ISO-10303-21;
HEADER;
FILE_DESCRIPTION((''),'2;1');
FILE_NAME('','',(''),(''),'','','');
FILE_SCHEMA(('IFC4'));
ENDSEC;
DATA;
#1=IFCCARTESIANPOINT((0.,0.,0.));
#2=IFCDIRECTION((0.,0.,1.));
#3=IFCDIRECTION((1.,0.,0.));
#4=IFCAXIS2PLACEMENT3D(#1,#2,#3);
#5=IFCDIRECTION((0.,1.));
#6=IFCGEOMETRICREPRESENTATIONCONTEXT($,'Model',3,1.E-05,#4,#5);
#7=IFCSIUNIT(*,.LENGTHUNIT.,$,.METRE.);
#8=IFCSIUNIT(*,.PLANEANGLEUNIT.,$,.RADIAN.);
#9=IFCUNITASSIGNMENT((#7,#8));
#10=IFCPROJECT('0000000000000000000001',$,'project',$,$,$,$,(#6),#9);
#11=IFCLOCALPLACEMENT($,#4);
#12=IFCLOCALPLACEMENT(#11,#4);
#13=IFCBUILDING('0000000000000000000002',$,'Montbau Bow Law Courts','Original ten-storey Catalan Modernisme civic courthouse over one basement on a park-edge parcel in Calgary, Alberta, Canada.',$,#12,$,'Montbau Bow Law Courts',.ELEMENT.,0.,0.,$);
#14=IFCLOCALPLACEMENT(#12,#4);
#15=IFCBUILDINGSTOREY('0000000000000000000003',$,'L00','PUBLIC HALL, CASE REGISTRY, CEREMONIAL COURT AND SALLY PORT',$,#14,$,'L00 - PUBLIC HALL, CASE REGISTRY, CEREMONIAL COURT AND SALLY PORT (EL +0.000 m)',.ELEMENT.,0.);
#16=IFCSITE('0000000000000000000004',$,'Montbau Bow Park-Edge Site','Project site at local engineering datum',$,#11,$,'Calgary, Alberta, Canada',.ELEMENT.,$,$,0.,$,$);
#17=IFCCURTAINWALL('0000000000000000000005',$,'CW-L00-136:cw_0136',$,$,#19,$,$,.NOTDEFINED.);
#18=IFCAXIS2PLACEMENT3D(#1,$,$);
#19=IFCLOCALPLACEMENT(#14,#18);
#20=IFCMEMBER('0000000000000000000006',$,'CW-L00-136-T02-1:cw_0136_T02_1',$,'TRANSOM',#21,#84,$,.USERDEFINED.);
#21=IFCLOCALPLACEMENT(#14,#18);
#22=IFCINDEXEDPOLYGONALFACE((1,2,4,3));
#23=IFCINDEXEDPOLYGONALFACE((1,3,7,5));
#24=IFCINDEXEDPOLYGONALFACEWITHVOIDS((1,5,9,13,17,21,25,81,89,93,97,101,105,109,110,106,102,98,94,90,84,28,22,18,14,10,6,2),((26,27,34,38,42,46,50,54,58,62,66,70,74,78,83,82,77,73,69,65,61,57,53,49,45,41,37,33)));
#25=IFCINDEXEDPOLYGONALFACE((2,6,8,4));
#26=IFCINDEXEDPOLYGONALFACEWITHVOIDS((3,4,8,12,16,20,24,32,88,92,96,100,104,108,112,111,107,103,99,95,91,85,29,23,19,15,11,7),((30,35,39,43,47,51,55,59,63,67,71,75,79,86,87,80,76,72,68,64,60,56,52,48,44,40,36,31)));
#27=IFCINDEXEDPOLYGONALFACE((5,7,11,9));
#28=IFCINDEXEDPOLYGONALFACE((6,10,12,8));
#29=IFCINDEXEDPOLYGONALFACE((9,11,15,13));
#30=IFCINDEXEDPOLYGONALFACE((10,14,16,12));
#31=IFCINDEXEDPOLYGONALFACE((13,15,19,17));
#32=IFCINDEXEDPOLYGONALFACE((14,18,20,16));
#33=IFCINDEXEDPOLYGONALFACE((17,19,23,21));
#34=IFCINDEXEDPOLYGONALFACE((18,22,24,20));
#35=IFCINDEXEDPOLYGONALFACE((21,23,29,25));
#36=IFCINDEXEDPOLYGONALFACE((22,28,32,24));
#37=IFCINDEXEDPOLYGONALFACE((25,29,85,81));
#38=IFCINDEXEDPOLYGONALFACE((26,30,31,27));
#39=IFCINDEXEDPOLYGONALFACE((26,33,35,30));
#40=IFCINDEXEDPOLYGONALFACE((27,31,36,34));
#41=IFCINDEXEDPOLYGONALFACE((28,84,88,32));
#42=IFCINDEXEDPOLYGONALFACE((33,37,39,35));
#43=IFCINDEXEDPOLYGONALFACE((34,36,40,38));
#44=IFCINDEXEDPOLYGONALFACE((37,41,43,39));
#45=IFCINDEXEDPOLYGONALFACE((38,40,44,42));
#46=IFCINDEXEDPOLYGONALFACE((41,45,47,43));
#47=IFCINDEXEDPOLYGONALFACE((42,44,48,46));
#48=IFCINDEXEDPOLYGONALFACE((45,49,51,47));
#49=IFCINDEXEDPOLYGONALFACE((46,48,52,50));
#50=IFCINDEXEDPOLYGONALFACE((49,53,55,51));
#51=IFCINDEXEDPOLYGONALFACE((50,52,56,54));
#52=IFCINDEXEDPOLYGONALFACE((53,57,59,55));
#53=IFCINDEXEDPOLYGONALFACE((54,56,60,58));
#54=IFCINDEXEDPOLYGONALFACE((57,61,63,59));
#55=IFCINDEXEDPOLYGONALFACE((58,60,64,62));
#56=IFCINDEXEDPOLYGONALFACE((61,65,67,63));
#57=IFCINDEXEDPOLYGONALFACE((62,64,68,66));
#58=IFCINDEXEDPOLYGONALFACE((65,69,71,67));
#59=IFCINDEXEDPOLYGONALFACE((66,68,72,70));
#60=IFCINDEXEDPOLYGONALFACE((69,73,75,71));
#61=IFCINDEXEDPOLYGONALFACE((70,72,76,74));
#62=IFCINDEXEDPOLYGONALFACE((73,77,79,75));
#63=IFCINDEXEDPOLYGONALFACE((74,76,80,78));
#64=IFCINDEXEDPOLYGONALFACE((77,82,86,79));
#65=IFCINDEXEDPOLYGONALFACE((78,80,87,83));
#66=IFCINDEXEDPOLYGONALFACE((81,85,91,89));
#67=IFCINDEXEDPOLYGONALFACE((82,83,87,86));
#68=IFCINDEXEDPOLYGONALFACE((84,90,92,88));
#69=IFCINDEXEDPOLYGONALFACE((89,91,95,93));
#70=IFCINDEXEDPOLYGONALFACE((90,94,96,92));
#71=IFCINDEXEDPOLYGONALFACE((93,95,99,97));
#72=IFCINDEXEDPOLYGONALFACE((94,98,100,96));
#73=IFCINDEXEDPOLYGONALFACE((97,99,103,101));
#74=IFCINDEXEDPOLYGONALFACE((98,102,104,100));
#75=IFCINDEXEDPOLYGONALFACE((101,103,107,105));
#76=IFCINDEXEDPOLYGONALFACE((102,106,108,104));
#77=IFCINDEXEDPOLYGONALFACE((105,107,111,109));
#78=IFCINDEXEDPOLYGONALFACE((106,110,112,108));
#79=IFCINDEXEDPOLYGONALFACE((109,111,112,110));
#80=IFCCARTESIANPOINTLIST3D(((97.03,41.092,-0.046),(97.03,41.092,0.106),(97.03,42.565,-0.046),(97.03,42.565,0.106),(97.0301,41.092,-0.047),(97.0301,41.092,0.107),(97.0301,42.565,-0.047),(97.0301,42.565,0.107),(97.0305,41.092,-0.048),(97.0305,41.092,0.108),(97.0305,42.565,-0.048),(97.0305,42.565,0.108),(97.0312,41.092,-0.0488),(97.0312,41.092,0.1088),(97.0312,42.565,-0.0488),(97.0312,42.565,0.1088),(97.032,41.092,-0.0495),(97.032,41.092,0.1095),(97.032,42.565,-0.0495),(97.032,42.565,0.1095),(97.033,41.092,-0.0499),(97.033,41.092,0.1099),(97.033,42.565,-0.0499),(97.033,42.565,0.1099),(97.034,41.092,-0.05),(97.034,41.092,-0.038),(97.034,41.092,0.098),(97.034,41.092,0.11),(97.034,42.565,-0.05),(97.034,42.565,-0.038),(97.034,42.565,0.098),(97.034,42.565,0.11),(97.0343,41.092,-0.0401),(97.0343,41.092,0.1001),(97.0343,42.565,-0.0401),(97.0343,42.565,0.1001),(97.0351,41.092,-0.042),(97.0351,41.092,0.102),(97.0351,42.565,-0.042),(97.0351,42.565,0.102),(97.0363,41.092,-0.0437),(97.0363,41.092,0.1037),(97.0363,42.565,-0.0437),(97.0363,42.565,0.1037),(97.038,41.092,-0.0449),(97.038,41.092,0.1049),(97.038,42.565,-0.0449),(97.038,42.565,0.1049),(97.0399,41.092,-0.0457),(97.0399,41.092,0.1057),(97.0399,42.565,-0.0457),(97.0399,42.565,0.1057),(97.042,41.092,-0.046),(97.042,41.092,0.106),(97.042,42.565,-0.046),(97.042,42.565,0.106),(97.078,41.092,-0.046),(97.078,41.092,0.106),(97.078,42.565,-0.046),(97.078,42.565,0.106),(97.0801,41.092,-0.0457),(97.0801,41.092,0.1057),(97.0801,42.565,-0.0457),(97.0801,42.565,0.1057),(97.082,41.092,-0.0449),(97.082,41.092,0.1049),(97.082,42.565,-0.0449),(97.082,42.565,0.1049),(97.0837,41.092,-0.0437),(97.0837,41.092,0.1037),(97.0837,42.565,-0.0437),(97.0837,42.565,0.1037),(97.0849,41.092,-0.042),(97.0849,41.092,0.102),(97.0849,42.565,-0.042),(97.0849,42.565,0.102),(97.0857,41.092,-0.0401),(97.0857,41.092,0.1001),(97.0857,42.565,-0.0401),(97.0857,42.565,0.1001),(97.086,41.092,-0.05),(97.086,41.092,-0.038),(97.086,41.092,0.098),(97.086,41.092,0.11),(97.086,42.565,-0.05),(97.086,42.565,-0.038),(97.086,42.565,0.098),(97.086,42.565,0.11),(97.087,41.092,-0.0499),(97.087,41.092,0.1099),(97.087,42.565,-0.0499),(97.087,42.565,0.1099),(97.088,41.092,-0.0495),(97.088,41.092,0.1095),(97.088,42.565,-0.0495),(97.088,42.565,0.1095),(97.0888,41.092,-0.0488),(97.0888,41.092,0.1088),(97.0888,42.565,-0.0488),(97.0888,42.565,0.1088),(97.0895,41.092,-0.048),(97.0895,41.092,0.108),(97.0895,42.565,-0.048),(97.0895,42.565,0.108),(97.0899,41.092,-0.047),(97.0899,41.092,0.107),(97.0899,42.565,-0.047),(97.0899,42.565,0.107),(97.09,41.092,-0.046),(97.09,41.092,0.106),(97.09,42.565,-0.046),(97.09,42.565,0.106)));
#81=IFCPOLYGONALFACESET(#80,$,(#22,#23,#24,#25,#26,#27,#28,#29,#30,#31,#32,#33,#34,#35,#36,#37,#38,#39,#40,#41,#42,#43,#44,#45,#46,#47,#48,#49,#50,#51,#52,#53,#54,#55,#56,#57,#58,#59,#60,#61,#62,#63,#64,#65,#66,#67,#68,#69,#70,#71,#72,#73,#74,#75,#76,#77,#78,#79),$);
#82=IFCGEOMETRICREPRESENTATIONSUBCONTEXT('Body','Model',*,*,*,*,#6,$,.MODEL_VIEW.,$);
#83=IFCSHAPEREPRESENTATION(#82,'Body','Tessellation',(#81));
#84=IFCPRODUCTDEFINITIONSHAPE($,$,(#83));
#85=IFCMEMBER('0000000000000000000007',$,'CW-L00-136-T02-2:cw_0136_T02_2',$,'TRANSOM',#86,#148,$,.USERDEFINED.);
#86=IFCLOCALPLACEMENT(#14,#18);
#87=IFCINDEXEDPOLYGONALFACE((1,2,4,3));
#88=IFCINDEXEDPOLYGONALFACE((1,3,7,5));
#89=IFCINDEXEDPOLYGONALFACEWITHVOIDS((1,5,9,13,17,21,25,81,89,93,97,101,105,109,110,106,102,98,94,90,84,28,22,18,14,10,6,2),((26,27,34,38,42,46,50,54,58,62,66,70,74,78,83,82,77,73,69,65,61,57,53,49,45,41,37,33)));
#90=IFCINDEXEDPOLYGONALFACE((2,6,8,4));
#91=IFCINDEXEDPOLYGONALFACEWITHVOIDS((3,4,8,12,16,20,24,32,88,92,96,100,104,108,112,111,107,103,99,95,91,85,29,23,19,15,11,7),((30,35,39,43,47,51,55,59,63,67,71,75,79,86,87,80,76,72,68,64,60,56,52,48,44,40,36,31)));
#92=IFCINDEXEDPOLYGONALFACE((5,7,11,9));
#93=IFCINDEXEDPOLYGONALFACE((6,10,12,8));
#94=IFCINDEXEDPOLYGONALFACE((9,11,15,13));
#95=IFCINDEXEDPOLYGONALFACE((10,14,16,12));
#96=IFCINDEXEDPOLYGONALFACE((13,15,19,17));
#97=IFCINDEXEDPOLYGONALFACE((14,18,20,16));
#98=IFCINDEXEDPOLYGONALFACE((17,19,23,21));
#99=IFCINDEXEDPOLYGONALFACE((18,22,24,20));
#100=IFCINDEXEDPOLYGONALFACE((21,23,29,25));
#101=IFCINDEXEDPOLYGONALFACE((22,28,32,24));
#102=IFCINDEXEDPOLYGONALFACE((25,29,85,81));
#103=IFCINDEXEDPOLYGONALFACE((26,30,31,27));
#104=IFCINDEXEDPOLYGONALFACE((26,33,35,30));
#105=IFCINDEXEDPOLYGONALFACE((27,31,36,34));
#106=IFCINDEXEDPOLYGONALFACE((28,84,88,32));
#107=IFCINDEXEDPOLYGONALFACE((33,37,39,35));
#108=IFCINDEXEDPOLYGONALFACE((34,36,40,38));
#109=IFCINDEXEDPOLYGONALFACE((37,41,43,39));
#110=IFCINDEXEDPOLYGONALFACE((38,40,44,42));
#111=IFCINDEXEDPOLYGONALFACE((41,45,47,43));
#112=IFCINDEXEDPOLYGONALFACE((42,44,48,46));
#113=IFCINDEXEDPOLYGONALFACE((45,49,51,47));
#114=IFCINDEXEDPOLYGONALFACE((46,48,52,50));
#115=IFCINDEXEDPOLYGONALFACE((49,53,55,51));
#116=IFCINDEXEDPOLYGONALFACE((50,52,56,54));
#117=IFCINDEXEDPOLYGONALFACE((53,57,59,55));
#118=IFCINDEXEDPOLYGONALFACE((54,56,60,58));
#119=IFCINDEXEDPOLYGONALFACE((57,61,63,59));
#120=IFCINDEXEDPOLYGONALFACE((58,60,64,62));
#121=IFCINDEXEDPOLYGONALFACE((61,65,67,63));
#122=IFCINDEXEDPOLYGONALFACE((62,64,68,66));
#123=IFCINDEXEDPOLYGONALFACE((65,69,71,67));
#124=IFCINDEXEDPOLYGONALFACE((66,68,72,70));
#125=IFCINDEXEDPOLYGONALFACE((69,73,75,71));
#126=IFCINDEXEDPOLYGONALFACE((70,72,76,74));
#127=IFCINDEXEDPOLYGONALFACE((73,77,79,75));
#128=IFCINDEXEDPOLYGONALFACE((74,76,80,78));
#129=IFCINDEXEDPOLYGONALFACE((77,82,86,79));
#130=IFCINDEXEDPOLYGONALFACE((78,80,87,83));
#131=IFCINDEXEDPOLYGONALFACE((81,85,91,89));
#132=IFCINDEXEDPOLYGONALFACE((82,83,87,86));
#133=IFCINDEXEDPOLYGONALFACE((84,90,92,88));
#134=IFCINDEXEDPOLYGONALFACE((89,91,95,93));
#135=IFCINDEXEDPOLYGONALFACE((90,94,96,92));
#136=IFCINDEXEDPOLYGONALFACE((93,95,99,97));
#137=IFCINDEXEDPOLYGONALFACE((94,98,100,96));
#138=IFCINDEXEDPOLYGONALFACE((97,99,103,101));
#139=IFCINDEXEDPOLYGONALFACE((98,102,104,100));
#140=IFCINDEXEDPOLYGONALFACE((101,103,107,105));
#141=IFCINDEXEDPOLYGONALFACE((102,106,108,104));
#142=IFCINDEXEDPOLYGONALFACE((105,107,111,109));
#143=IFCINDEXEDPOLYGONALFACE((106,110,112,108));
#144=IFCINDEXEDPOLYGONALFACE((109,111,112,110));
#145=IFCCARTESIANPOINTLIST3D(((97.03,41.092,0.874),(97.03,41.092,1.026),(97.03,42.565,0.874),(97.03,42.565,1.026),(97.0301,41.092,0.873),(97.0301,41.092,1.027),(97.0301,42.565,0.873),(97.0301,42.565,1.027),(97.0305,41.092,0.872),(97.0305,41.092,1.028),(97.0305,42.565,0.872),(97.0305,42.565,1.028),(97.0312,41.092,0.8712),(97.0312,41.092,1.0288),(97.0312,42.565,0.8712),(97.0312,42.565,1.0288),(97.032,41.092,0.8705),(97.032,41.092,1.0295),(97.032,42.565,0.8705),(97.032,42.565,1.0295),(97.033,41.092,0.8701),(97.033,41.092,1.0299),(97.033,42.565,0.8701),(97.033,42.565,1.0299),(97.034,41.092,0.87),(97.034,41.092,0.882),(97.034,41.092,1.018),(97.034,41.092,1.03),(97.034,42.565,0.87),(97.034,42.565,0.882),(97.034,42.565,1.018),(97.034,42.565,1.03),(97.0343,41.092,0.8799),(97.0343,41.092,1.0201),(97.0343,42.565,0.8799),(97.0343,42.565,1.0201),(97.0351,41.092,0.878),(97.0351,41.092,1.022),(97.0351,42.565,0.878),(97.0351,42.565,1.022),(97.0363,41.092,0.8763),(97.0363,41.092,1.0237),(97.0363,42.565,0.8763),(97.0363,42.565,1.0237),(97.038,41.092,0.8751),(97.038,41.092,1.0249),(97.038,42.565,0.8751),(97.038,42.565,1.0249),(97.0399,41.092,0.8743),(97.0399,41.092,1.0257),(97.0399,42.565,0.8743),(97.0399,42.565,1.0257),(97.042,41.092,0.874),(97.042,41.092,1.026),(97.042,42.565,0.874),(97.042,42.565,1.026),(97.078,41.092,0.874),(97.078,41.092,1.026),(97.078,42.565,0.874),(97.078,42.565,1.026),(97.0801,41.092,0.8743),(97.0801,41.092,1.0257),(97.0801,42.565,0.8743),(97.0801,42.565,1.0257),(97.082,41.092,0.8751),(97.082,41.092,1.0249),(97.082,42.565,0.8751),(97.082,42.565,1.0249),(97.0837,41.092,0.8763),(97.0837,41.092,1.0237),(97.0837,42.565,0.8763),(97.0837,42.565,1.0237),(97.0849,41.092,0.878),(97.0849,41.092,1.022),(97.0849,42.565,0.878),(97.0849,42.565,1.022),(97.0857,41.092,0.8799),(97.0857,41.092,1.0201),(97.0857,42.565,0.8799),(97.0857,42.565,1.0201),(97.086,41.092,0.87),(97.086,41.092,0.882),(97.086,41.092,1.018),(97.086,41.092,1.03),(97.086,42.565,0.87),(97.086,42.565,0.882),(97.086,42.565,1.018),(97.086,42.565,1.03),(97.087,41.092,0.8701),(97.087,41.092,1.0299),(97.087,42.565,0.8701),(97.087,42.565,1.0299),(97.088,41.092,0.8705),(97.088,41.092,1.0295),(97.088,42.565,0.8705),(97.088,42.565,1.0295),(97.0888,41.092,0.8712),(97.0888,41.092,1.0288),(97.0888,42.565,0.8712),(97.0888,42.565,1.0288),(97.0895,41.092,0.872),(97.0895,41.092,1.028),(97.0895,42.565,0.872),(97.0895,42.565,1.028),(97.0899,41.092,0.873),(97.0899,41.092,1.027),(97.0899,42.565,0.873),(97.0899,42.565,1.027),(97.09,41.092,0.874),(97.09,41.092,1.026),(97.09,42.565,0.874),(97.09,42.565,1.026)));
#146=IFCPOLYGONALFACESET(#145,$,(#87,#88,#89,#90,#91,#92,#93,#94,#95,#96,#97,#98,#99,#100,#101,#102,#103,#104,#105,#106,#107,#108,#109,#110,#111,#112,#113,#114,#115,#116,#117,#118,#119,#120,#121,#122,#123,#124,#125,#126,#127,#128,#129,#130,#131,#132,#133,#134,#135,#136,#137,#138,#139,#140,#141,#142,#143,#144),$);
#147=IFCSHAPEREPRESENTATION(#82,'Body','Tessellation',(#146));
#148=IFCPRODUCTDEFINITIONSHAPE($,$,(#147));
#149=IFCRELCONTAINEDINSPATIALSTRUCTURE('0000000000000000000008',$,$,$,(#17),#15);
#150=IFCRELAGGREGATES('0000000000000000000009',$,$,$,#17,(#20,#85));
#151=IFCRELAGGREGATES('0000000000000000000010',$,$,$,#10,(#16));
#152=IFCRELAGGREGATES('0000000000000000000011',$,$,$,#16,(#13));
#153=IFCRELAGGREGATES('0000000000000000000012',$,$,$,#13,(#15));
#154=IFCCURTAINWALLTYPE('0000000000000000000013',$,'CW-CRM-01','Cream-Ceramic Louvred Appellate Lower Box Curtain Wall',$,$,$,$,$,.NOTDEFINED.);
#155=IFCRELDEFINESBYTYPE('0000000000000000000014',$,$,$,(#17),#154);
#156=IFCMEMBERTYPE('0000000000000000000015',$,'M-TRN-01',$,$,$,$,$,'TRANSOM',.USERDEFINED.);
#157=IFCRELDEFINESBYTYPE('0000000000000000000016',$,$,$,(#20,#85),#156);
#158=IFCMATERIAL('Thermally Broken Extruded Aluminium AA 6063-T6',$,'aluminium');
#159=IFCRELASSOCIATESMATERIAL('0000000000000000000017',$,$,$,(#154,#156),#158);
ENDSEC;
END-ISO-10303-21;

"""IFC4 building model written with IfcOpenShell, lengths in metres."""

from ifc_helpers import new_model, si_unit, direction, frame, origin_with_axes, origin_2d_with_axis, place, context, subcontext, project, spatial, hollow_rectangle, extrude, material, material_profile, profile_set, type_object, element, aggregate, save


model = new_model("IFC4")

# Units and contexts
model_context = context("Model", 3, precision=1e-05, world=origin_with_axes(), true_north=direction((0.0, 1.0)))
body_context = subcontext(model_context, "Body", "Model", "MODEL_VIEW")
ifc_project = project(units=[si_unit("LENGTHUNIT", "METRE"), si_unit("PLANEANGLEUNIT", "RADIAN")], contexts=[model_context])

# Site, building, storey
site_placement = place(None, origin_with_axes())
site = spatial("IfcSite", under=ifc_project, at=site_placement, Name="Montbau Bow Park-Edge Site", Description="Project site at local engineering datum", LongName="Calgary, Alberta, Canada", CompositionType="ELEMENT", RefElevation=0.0)
building_placement = place(site_placement, origin_with_axes())
building = spatial("IfcBuilding", under=site, at=building_placement, Name="Montbau Bow Law Courts", Description="Original ten-storey Catalan Modernisme civic courthouse over one basement on a park-edge parcel in Calgary, Alberta, Canada.", LongName="Montbau Bow Law Courts", CompositionType="ELEMENT", ElevationOfRefHeight=0.0, ElevationOfTerrain=0.0)
storey_placement = place(building_placement, origin_with_axes())
storey = spatial("IfcBuildingStorey", under=building, at=storey_placement, Name="L00", Description="PUBLIC HALL, CASE REGISTRY, CEREMONIAL COURT AND SALLY PORT", LongName="L00 - PUBLIC HALL, CASE REGISTRY, CEREMONIAL COURT AND SALLY PORT (EL +0.000 m)", CompositionType="ELEMENT", Elevation=0.0)

# Curtain wall
ifc_material_1 = material(Name="Thermally Broken Extruded Aluminium AA 6063-T6", Category="aluminium")
curtain_wall_type = type_object("IfcCurtainWallType", Name="CW-CRM-01", Description="Cream-Ceramic Louvred Appellate Lower Box Curtain Wall", PredefinedType="NOTDEFINED", material=ifc_material_1)
curtain_wall_1_placement = place(None, frame((97.06, 39.515, 0.0), z_axis=(0.0, 0.0, 1.0), x_axis=(1.0, 0.0, 0.0)))
curtain_wall_1 = element("IfcCurtainWall", 1, at=curtain_wall_1_placement, inside=storey, type_object=curtain_wall_type, Name="CW-L00-136:cw_0136", PredefinedType="NOTDEFINED")

# Members
ifc_material_profile_1 = material_profile(ifc_material_1, hollow_rectangle(XDim=0.06, YDim=0.16, WallThickness=0.004, InnerFilletRadius=0.008, OuterFilletRadius=0.004, at=origin_2d_with_axis()), Name="CWT-160X60", Category="Main", Priority=0)
ifc_profile_set_1 = profile_set([ifc_material_profile_1], Name="Thermally Broken Extruded Aluminium AA 6063-T6")
member_type_1 = type_object("IfcMemberType", Name="M-TRN-01", ElementType="TRANSOM", PredefinedType="USERDEFINED", material=ifc_profile_set_1)
member_1_placement = place(None, frame((97.06, 41.092, 0.03), z_axis=(0.0, 1.0, 0.0), x_axis=(-1.0, 0.0, 0.0)))
member_1 = element("IfcMember", 2, at=member_1_placement, type_object=member_type_1, Name="CW-L00-136-T02-1:cw_0136_T02_1", ObjectType="TRANSOM", PredefinedType="USERDEFINED", context=body_context, shape_type="SweptSolid", body=[
    extrude(hollow_rectangle(XDim=0.06, YDim=0.16, WallThickness=0.004, InnerFilletRadius=0.008, OuterFilletRadius=0.004, at=origin_2d_with_axis()), origin_with_axes(), (0.0, 0.0, 1.0), 1.473),
])
member_2_placement = place(None, frame((97.06, 41.092, 0.95), z_axis=(0.0, 1.0, 0.0), x_axis=(-1.0, 0.0, 0.0)))
member_2 = element("IfcMember", 3, at=member_2_placement, type_object=member_type_1, Name="CW-L00-136-T02-2:cw_0136_T02_2", ObjectType="TRANSOM", PredefinedType="USERDEFINED", context=body_context, shape_type="SweptSolid", body=[
    extrude(hollow_rectangle(XDim=0.06, YDim=0.16, WallThickness=0.004, InnerFilletRadius=0.008, OuterFilletRadius=0.004, at=origin_2d_with_axis()), origin_with_axes(), (0.0, 0.0, 1.0), 1.473),
])

aggregate(curtain_wall_1, [member_1, member_2])

save(model, "model.ifc")
